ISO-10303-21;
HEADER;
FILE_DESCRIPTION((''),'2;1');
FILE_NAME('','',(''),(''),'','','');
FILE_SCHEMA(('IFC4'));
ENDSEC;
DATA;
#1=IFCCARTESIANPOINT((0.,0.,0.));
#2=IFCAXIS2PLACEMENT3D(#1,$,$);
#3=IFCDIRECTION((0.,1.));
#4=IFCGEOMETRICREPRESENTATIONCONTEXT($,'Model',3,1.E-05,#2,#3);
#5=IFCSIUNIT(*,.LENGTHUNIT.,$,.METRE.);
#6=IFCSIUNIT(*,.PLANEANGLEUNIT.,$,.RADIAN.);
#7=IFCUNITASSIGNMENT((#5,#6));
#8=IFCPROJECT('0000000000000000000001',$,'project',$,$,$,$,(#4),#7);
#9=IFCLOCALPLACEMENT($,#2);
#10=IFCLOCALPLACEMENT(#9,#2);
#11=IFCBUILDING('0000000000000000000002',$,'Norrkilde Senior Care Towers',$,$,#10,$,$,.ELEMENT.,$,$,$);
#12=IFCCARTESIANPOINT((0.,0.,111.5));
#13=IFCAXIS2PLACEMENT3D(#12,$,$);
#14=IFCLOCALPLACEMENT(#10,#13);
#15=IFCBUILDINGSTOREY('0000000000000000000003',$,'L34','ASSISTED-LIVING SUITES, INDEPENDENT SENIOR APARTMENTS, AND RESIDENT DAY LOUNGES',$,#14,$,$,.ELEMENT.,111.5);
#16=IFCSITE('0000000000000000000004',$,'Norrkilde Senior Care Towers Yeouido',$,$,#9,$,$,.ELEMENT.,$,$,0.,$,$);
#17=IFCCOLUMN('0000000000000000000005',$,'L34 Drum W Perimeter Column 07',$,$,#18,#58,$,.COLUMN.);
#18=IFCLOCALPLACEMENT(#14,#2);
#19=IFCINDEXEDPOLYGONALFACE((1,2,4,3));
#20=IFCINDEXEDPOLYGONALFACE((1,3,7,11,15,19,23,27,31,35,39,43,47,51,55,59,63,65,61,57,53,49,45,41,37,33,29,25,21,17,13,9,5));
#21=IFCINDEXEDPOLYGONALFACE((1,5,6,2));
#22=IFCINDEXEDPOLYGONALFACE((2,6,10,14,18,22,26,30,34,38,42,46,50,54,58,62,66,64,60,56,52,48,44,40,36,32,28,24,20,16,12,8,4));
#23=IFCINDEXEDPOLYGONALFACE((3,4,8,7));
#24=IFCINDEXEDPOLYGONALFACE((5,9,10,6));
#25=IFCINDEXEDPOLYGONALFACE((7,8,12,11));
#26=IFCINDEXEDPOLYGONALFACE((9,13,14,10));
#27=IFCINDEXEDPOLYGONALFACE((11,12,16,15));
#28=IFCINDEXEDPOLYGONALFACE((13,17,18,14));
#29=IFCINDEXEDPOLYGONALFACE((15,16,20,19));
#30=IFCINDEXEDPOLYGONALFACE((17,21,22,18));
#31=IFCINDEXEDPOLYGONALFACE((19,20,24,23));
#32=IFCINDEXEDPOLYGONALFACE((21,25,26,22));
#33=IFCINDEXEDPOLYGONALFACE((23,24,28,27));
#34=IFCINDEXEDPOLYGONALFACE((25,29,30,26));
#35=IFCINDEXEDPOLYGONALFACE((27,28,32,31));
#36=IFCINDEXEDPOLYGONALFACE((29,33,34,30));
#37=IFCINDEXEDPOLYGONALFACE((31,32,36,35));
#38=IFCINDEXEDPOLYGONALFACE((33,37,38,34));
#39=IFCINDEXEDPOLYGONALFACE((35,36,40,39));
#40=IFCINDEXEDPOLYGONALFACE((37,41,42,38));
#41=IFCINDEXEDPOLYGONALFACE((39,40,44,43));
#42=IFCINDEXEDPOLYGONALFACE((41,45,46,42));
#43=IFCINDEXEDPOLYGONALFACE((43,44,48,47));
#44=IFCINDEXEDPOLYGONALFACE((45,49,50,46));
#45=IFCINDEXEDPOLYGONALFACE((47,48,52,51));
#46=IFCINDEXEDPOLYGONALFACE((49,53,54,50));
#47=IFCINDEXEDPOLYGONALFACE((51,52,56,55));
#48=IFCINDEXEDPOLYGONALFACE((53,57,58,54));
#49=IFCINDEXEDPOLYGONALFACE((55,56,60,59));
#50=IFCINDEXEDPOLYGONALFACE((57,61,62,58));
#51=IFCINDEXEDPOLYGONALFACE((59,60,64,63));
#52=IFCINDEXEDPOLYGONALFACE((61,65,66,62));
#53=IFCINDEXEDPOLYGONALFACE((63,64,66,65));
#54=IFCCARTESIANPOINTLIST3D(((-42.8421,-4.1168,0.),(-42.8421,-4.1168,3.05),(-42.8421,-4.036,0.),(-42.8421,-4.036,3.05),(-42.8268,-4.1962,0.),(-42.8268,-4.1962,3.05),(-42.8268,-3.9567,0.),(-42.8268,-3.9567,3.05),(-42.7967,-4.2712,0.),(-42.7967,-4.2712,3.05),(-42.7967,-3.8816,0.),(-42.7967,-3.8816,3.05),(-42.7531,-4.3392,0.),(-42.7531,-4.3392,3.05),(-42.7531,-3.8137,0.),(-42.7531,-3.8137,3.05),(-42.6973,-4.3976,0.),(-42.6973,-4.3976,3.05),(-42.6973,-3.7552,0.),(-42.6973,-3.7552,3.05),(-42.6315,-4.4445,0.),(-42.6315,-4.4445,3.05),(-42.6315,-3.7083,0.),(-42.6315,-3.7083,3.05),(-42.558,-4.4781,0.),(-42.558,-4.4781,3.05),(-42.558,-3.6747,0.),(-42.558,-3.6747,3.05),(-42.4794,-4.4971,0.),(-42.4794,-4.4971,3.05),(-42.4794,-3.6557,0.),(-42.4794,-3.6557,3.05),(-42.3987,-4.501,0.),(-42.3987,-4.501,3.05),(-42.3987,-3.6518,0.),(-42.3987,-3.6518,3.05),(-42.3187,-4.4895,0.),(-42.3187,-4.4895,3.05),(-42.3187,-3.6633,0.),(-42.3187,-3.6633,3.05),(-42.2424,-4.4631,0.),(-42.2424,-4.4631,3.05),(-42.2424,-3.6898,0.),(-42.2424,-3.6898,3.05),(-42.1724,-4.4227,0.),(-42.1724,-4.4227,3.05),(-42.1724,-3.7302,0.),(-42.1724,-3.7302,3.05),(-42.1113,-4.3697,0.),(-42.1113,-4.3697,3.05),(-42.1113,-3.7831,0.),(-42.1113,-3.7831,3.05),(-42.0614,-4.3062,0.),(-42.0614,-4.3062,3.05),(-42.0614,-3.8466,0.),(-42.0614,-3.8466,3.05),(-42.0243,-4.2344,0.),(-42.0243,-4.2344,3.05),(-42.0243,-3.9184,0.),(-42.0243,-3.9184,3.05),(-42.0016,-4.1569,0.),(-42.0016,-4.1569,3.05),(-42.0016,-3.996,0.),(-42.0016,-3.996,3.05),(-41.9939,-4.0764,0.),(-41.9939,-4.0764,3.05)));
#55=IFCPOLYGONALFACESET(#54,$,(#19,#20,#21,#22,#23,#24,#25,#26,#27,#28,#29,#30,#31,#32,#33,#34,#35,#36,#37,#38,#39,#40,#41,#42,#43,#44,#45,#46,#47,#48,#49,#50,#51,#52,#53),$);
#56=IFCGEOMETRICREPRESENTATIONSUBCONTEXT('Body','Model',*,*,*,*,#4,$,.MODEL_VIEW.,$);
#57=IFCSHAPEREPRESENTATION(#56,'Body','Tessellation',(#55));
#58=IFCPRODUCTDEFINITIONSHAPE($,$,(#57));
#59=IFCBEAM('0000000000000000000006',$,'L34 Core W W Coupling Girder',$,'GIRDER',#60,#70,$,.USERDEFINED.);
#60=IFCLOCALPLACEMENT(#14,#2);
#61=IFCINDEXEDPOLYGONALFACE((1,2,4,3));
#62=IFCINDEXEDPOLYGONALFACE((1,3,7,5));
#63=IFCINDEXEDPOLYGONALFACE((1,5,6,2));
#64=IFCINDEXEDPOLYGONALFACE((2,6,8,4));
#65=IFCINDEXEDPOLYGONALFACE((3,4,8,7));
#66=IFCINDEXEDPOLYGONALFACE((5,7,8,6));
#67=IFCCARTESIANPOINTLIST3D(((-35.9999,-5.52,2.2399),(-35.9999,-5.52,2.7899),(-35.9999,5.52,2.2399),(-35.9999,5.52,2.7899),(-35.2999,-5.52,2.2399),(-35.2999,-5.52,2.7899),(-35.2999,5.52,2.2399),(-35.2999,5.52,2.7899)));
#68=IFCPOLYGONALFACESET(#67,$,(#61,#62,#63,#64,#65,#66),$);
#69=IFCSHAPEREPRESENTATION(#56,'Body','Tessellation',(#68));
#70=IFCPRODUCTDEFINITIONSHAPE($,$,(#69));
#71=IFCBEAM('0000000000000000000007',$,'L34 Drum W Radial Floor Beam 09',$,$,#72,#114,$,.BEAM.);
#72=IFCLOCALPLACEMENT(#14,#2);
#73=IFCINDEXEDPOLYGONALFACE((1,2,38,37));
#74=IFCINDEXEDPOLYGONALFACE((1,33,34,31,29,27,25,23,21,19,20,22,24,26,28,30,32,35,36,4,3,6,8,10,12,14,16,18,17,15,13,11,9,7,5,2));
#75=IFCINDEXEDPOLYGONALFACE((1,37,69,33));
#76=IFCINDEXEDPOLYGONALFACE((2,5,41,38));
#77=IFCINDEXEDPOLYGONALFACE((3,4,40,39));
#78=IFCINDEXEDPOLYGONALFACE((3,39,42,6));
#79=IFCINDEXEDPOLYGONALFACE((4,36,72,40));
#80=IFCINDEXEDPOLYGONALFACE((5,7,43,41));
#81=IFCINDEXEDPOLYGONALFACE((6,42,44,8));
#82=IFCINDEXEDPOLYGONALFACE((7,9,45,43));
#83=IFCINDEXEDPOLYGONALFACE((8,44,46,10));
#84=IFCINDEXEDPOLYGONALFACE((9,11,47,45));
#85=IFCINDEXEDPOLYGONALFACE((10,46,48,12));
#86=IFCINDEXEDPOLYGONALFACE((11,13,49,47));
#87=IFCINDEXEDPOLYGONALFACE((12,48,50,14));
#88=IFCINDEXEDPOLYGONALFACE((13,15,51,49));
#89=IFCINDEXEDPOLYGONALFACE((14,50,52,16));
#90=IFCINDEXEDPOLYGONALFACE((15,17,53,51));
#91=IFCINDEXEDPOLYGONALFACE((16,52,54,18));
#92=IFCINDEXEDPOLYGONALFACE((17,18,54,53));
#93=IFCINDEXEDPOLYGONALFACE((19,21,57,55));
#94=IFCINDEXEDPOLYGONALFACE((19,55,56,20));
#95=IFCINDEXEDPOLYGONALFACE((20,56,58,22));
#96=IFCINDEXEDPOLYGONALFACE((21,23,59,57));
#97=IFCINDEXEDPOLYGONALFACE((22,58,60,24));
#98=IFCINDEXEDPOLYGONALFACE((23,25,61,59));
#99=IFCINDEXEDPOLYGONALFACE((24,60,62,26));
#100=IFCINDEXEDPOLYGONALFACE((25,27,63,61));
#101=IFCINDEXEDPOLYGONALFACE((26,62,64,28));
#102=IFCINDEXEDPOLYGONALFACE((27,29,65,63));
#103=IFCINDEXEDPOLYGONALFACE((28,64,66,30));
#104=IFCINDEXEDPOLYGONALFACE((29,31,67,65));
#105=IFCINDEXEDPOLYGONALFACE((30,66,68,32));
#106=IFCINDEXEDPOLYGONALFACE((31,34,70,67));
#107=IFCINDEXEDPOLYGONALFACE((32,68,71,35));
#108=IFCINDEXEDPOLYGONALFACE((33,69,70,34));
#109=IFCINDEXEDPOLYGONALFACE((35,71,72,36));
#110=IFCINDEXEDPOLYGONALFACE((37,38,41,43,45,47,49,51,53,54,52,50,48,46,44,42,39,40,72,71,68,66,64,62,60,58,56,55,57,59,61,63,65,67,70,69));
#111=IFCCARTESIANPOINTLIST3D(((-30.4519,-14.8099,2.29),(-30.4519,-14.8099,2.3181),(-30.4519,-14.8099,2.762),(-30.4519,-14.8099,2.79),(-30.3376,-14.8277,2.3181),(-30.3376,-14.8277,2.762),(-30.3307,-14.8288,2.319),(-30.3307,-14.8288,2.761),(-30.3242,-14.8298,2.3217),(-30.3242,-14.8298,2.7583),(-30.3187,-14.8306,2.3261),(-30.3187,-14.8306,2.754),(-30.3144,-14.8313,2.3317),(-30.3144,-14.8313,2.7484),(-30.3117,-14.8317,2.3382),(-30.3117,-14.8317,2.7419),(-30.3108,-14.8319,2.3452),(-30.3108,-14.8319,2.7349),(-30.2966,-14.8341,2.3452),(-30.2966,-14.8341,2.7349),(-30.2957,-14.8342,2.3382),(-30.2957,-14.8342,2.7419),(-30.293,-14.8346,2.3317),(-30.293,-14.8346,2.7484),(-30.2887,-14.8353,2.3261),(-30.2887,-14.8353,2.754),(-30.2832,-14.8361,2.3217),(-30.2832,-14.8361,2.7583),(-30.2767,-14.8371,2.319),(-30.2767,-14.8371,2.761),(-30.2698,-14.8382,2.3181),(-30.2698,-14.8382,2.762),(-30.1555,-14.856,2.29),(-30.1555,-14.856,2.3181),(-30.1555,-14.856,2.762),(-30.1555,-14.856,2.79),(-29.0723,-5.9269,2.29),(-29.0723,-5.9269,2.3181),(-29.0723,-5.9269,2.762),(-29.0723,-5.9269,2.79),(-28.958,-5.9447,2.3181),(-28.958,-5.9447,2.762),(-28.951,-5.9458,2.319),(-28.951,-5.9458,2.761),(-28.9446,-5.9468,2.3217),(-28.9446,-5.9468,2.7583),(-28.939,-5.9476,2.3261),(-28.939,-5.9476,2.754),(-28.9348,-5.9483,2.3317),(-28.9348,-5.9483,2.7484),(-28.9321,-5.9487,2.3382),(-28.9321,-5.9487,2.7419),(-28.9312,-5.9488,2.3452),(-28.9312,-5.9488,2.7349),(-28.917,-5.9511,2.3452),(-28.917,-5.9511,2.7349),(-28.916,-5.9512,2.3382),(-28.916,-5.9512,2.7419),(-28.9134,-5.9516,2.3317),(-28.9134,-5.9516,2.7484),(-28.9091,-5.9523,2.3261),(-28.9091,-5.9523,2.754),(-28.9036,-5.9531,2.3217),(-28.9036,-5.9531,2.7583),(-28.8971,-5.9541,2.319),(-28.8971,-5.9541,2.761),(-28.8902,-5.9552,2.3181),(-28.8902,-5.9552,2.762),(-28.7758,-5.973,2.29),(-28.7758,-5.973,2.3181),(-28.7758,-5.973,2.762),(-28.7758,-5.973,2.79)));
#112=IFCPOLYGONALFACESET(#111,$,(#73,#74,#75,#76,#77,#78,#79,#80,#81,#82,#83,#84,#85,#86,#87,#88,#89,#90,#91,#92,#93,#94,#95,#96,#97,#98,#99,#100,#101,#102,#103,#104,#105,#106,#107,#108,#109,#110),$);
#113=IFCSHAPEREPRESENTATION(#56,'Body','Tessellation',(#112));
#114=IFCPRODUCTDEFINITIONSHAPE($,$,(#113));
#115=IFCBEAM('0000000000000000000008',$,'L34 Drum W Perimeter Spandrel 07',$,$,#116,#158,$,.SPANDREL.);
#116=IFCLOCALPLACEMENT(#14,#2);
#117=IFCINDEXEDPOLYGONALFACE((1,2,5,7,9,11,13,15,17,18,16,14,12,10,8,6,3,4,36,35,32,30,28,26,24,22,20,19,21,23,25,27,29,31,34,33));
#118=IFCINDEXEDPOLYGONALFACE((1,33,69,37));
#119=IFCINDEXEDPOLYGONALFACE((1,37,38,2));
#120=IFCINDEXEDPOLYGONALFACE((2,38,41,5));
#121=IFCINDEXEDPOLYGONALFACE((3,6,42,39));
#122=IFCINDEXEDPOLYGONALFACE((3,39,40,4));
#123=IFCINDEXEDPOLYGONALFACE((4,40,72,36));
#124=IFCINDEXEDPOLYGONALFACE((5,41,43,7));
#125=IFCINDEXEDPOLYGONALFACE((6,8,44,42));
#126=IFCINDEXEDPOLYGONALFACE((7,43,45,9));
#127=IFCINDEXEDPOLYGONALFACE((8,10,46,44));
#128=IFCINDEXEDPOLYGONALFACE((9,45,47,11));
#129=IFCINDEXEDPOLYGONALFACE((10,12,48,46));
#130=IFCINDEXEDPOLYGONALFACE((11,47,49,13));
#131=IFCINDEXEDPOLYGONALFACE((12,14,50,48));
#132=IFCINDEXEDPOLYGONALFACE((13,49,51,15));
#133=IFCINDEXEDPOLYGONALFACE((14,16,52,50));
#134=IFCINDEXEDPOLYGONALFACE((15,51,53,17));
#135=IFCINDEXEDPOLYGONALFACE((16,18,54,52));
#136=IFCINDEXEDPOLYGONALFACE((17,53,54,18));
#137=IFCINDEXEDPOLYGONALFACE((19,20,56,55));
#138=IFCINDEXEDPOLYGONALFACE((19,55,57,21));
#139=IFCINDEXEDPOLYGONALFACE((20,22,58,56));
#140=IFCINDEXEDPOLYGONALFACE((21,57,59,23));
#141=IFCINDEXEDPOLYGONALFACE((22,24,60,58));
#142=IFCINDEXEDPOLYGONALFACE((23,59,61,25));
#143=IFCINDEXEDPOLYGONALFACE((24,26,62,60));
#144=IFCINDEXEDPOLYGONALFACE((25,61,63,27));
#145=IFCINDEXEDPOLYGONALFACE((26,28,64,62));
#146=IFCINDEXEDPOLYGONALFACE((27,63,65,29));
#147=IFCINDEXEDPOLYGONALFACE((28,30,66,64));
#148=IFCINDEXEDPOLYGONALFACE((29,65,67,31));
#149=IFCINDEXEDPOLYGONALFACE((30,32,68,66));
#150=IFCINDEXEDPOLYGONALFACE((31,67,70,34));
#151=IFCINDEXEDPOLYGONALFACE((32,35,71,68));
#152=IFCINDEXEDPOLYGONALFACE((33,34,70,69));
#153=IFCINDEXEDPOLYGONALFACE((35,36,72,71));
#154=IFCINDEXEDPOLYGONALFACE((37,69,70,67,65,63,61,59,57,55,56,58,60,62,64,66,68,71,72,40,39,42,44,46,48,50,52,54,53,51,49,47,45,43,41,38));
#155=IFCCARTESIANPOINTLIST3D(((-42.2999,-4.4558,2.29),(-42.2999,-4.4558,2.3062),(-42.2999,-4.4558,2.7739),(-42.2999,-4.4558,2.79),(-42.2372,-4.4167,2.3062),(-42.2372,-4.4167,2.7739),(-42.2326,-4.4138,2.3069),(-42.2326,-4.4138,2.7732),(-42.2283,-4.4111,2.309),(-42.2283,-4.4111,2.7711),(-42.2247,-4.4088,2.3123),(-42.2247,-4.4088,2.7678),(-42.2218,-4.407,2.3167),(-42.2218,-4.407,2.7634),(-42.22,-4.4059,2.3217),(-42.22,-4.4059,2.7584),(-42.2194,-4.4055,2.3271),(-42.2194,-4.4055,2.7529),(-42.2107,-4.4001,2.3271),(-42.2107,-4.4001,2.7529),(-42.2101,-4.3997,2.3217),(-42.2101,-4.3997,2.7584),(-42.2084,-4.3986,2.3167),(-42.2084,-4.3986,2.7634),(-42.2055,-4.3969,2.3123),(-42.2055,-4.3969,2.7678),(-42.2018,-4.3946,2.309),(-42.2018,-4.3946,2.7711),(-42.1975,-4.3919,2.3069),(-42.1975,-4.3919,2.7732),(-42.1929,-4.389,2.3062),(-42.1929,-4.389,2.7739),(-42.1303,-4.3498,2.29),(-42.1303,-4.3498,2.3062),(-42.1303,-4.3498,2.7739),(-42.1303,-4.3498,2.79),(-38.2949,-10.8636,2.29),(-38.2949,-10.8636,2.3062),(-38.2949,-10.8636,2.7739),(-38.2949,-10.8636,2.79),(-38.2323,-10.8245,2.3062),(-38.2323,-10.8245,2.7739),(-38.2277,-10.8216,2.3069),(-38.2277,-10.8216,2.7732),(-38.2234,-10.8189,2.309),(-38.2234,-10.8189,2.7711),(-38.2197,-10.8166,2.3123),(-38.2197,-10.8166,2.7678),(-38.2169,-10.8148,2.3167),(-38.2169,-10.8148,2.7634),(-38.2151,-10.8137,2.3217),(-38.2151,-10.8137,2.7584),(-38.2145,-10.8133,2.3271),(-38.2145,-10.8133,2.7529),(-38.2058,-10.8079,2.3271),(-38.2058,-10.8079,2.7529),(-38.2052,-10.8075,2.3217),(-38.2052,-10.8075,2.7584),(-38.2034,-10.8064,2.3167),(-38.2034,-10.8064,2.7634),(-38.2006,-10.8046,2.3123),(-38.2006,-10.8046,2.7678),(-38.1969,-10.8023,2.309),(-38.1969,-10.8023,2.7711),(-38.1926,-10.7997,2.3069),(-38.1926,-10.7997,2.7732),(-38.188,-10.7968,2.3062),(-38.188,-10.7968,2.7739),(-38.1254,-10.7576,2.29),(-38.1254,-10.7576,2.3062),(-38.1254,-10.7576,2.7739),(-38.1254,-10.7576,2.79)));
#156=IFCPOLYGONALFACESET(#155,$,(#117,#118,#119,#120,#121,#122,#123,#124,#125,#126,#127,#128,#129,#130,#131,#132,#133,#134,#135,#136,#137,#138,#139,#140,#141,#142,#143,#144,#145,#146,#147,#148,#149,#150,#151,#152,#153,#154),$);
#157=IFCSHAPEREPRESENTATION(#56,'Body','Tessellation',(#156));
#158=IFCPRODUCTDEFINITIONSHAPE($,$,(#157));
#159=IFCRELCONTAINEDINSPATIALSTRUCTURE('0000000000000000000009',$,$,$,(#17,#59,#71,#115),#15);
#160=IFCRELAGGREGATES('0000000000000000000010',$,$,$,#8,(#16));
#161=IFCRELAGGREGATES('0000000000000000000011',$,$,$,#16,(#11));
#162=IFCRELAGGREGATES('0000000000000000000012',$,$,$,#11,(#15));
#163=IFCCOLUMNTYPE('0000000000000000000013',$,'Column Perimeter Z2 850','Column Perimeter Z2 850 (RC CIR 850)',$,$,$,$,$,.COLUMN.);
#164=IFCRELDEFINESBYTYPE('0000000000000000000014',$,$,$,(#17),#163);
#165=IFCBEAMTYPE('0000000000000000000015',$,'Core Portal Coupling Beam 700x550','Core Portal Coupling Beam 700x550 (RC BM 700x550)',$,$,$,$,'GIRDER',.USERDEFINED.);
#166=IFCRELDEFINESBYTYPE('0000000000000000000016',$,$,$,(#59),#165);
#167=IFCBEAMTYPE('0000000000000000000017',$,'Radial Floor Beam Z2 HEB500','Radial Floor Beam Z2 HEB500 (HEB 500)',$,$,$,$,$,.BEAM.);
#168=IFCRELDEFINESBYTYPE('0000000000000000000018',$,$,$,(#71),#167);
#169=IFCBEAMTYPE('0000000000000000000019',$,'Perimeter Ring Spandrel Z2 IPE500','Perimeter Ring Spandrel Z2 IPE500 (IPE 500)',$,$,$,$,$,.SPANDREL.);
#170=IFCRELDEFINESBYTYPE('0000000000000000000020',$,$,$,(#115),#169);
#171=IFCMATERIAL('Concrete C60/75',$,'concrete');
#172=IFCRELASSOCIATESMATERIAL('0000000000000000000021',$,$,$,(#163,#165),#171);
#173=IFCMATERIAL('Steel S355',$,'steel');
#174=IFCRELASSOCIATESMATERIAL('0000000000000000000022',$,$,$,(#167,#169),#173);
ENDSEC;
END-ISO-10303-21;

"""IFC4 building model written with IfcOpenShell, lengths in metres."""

from ifc_helpers import new_model, si_unit, direction, frame, origin, origin_2d, place, context, subcontext, project, spatial, rectangle, circle, i_section, extrude, source, transform, mapped, material, material_profile, profile_set, type_object, type_shapes, element, save


model = new_model("IFC4")

# Units and contexts
model_context = context("Model", 3, precision=1e-05, world=origin(), true_north=direction((0.0, 1.0)))
body_context = subcontext(model_context, "Body", "Model", "MODEL_VIEW")
ifc_project = project(units=[si_unit("LENGTHUNIT", "METRE"), si_unit("PLANEANGLEUNIT", "RADIAN")], contexts=[model_context])

# Site, building, storey
site_placement = place(None, origin())
site = spatial("IfcSite", under=ifc_project, at=site_placement, Name="Norrkilde Senior Care Towers Yeouido", CompositionType="ELEMENT", RefElevation=0.0)
building_placement = place(site_placement, origin())
building = spatial("IfcBuilding", under=site, at=building_placement, Name="Norrkilde Senior Care Towers", CompositionType="ELEMENT")
storey_placement = place(building_placement, frame((0.0, 0.0, 111.5)))
storey = spatial("IfcBuildingStorey", under=building, at=storey_placement, Name="L34", Description="ASSISTED-LIVING SUITES, INDEPENDENT SENIOR APARTMENTS, AND RESIDENT DAY LOUNGES", CompositionType="ELEMENT", Elevation=111.5)

# Column
ifc_material_1 = material(Name="Concrete C60/75", Category="concrete")
ifc_material_profile_1 = material_profile(ifc_material_1, circle(Radius=0.425, at=origin_2d()), Name="RC CIR 850")
ifc_profile_set_1 = profile_set([ifc_material_profile_1], Name="Concrete C60/75")
column_type = type_object("IfcColumnType", Name="Column Perimeter Z2 850", Description="Column Perimeter Z2 850 (RC CIR 850)", PredefinedType="COLUMN", material=ifc_profile_set_1)
shared_shape_1 = source(origin(), body_context, "Body", "SweptSolid", [
    extrude(circle(Radius=0.425, at=origin_2d()), origin(), (0.0, 0.0, 1.0), 3.05),
])
type_shapes(column_type, [shared_shape_1])
column_placement = place(storey_placement, frame((-42.4189, -4.0764, 0.0), z_axis=(0.0, 0.0, 1.0), x_axis=(1.0, 0.0, 0.0)))
element("IfcColumn", 1, at=column_placement, inside=storey, type_object=column_type, Name="L34 Drum W Perimeter Column 07", PredefinedType="COLUMN", context=body_context, shape_type="MappedRepresentation", body=[
    mapped(shared_shape_1, transform((0.0, 0.0, 0.0), x_axis=(1.0, 0.0, 0.0), y_axis=(0.0, 1.0, 0.0), z_axis=(0.0, 0.0, 1.0), scale=1.0)),
])

# Beams
ifc_material_profile_2 = material_profile(ifc_material_1, rectangle(XDim=0.7, YDim=0.55, at=origin_2d()), Name="RC BM 700x550")
ifc_profile_set_2 = profile_set([ifc_material_profile_2], Name="Concrete C60/75")
beam_type_1 = type_object("IfcBeamType", Name="Core Portal Coupling Beam 700x550", Description="Core Portal Coupling Beam 700x550 (RC BM 700x550)", ElementType="GIRDER", PredefinedType="USERDEFINED", material=ifc_profile_set_2)
shared_shape_2 = source(origin(), body_context, "Body", "SweptSolid", [
    extrude(rectangle(XDim=0.7, YDim=0.55, at=origin_2d()), origin(), (0.0, 0.0, 1.0), 11.04),
])
type_shapes(beam_type_1, [shared_shape_2])
beam_1_placement = place(storey_placement, frame((-35.6499, -5.52, 2.5149), z_axis=(0.0, 1.0, 0.0), x_axis=(-1.0, 0.0, 0.0)))
element("IfcBeam", 2, at=beam_1_placement, inside=storey, type_object=beam_type_1, Name="L34 Core W W Coupling Girder", ObjectType="GIRDER", PredefinedType="USERDEFINED", context=body_context, shape_type="MappedRepresentation", body=[
    mapped(shared_shape_2, transform((0.0, 0.0, 0.0), x_axis=(1.0, 0.0, 0.0), y_axis=(0.0, 1.0, 0.0), z_axis=(0.0, 0.0, 1.0), scale=1.0)),
])
ifc_material_2 = material(Name="Steel S355", Category="steel")
ifc_material_profile_3 = material_profile(ifc_material_2, i_section(OverallWidth=0.3, OverallDepth=0.5, WebThickness=0.0144, FlangeThickness=0.0281, FilletRadius=0.0271, at=origin_2d()), Name="HEB 500")
ifc_profile_set_3 = profile_set([ifc_material_profile_3], Name="Steel S355")
beam_type_2 = type_object("IfcBeamType", Name="Radial Floor Beam Z2 HEB500", Description="Radial Floor Beam Z2 HEB500 (HEB 500)", PredefinedType="BEAM", material=ifc_profile_set_3)
shared_shape_3 = source(origin(), body_context, "Body", "SweptSolid", [
    extrude(i_section(OverallWidth=0.3, OverallDepth=0.5, WebThickness=0.0144, FlangeThickness=0.0281, FilletRadius=0.0271, at=origin_2d()), origin(), (0.0, 0.0, 1.0), 8.9895),
])
beam_2_placement = place(storey_placement, frame((-28.9241, -5.95, 2.54), z_axis=(-0.153471, -0.988153, 0.0), x_axis=(0.988153, -0.153471, 0.0)))
element("IfcBeam", 3, at=beam_2_placement, inside=storey, type_object=beam_type_2, Name="L34 Drum W Radial Floor Beam 09", PredefinedType="BEAM", context=body_context, shape_type="MappedRepresentation", body=[
    mapped(shared_shape_3, transform((0.0, 0.0, 0.0), x_axis=(1.0, 0.0, 0.0), y_axis=(0.0, 1.0, 0.0), z_axis=(0.0, 0.0, 1.0), scale=1.0)),
])
ifc_material_profile_4 = material_profile(ifc_material_2, i_section(OverallWidth=0.2, OverallDepth=0.5, WebThickness=0.0103, FlangeThickness=0.0161, FilletRadius=0.021, at=origin_2d()), Name="IPE 500")
ifc_profile_set_4 = profile_set([ifc_material_profile_4], Name="Steel S355")
beam_type_3 = type_object("IfcBeamType", Name="Perimeter Ring Spandrel Z2 IPE500", Description="Perimeter Ring Spandrel Z2 IPE500 (IPE 500)", PredefinedType="SPANDREL", material=ifc_profile_set_4)
shared_shape_4 = source(origin(), body_context, "Body", "SweptSolid", [
    extrude(i_section(OverallWidth=0.2, OverallDepth=0.5, WebThickness=0.0103, FlangeThickness=0.0161, FilletRadius=0.021, at=origin_2d()), origin(), (0.0, 0.0, 1.0), 7.5564),
])
type_shapes(beam_type_3, [shared_shape_4])
beam_3_placement = place(storey_placement, frame((-42.2151, -4.4028, 2.54), z_axis=(0.530005, -0.847995, 0.0), x_axis=(0.847995, 0.530005, 0.0)))
element("IfcBeam", 4, at=beam_3_placement, inside=storey, type_object=beam_type_3, Name="L34 Drum W Perimeter Spandrel 07", PredefinedType="SPANDREL", context=body_context, shape_type="MappedRepresentation", body=[
    mapped(shared_shape_4, transform((0.0, 0.0, 0.0), x_axis=(1.0, 0.0, 0.0), y_axis=(0.0, 1.0, 0.0), z_axis=(0.0, 0.0, 1.0), scale=1.0)),
])

save(model, "model.ifc")
